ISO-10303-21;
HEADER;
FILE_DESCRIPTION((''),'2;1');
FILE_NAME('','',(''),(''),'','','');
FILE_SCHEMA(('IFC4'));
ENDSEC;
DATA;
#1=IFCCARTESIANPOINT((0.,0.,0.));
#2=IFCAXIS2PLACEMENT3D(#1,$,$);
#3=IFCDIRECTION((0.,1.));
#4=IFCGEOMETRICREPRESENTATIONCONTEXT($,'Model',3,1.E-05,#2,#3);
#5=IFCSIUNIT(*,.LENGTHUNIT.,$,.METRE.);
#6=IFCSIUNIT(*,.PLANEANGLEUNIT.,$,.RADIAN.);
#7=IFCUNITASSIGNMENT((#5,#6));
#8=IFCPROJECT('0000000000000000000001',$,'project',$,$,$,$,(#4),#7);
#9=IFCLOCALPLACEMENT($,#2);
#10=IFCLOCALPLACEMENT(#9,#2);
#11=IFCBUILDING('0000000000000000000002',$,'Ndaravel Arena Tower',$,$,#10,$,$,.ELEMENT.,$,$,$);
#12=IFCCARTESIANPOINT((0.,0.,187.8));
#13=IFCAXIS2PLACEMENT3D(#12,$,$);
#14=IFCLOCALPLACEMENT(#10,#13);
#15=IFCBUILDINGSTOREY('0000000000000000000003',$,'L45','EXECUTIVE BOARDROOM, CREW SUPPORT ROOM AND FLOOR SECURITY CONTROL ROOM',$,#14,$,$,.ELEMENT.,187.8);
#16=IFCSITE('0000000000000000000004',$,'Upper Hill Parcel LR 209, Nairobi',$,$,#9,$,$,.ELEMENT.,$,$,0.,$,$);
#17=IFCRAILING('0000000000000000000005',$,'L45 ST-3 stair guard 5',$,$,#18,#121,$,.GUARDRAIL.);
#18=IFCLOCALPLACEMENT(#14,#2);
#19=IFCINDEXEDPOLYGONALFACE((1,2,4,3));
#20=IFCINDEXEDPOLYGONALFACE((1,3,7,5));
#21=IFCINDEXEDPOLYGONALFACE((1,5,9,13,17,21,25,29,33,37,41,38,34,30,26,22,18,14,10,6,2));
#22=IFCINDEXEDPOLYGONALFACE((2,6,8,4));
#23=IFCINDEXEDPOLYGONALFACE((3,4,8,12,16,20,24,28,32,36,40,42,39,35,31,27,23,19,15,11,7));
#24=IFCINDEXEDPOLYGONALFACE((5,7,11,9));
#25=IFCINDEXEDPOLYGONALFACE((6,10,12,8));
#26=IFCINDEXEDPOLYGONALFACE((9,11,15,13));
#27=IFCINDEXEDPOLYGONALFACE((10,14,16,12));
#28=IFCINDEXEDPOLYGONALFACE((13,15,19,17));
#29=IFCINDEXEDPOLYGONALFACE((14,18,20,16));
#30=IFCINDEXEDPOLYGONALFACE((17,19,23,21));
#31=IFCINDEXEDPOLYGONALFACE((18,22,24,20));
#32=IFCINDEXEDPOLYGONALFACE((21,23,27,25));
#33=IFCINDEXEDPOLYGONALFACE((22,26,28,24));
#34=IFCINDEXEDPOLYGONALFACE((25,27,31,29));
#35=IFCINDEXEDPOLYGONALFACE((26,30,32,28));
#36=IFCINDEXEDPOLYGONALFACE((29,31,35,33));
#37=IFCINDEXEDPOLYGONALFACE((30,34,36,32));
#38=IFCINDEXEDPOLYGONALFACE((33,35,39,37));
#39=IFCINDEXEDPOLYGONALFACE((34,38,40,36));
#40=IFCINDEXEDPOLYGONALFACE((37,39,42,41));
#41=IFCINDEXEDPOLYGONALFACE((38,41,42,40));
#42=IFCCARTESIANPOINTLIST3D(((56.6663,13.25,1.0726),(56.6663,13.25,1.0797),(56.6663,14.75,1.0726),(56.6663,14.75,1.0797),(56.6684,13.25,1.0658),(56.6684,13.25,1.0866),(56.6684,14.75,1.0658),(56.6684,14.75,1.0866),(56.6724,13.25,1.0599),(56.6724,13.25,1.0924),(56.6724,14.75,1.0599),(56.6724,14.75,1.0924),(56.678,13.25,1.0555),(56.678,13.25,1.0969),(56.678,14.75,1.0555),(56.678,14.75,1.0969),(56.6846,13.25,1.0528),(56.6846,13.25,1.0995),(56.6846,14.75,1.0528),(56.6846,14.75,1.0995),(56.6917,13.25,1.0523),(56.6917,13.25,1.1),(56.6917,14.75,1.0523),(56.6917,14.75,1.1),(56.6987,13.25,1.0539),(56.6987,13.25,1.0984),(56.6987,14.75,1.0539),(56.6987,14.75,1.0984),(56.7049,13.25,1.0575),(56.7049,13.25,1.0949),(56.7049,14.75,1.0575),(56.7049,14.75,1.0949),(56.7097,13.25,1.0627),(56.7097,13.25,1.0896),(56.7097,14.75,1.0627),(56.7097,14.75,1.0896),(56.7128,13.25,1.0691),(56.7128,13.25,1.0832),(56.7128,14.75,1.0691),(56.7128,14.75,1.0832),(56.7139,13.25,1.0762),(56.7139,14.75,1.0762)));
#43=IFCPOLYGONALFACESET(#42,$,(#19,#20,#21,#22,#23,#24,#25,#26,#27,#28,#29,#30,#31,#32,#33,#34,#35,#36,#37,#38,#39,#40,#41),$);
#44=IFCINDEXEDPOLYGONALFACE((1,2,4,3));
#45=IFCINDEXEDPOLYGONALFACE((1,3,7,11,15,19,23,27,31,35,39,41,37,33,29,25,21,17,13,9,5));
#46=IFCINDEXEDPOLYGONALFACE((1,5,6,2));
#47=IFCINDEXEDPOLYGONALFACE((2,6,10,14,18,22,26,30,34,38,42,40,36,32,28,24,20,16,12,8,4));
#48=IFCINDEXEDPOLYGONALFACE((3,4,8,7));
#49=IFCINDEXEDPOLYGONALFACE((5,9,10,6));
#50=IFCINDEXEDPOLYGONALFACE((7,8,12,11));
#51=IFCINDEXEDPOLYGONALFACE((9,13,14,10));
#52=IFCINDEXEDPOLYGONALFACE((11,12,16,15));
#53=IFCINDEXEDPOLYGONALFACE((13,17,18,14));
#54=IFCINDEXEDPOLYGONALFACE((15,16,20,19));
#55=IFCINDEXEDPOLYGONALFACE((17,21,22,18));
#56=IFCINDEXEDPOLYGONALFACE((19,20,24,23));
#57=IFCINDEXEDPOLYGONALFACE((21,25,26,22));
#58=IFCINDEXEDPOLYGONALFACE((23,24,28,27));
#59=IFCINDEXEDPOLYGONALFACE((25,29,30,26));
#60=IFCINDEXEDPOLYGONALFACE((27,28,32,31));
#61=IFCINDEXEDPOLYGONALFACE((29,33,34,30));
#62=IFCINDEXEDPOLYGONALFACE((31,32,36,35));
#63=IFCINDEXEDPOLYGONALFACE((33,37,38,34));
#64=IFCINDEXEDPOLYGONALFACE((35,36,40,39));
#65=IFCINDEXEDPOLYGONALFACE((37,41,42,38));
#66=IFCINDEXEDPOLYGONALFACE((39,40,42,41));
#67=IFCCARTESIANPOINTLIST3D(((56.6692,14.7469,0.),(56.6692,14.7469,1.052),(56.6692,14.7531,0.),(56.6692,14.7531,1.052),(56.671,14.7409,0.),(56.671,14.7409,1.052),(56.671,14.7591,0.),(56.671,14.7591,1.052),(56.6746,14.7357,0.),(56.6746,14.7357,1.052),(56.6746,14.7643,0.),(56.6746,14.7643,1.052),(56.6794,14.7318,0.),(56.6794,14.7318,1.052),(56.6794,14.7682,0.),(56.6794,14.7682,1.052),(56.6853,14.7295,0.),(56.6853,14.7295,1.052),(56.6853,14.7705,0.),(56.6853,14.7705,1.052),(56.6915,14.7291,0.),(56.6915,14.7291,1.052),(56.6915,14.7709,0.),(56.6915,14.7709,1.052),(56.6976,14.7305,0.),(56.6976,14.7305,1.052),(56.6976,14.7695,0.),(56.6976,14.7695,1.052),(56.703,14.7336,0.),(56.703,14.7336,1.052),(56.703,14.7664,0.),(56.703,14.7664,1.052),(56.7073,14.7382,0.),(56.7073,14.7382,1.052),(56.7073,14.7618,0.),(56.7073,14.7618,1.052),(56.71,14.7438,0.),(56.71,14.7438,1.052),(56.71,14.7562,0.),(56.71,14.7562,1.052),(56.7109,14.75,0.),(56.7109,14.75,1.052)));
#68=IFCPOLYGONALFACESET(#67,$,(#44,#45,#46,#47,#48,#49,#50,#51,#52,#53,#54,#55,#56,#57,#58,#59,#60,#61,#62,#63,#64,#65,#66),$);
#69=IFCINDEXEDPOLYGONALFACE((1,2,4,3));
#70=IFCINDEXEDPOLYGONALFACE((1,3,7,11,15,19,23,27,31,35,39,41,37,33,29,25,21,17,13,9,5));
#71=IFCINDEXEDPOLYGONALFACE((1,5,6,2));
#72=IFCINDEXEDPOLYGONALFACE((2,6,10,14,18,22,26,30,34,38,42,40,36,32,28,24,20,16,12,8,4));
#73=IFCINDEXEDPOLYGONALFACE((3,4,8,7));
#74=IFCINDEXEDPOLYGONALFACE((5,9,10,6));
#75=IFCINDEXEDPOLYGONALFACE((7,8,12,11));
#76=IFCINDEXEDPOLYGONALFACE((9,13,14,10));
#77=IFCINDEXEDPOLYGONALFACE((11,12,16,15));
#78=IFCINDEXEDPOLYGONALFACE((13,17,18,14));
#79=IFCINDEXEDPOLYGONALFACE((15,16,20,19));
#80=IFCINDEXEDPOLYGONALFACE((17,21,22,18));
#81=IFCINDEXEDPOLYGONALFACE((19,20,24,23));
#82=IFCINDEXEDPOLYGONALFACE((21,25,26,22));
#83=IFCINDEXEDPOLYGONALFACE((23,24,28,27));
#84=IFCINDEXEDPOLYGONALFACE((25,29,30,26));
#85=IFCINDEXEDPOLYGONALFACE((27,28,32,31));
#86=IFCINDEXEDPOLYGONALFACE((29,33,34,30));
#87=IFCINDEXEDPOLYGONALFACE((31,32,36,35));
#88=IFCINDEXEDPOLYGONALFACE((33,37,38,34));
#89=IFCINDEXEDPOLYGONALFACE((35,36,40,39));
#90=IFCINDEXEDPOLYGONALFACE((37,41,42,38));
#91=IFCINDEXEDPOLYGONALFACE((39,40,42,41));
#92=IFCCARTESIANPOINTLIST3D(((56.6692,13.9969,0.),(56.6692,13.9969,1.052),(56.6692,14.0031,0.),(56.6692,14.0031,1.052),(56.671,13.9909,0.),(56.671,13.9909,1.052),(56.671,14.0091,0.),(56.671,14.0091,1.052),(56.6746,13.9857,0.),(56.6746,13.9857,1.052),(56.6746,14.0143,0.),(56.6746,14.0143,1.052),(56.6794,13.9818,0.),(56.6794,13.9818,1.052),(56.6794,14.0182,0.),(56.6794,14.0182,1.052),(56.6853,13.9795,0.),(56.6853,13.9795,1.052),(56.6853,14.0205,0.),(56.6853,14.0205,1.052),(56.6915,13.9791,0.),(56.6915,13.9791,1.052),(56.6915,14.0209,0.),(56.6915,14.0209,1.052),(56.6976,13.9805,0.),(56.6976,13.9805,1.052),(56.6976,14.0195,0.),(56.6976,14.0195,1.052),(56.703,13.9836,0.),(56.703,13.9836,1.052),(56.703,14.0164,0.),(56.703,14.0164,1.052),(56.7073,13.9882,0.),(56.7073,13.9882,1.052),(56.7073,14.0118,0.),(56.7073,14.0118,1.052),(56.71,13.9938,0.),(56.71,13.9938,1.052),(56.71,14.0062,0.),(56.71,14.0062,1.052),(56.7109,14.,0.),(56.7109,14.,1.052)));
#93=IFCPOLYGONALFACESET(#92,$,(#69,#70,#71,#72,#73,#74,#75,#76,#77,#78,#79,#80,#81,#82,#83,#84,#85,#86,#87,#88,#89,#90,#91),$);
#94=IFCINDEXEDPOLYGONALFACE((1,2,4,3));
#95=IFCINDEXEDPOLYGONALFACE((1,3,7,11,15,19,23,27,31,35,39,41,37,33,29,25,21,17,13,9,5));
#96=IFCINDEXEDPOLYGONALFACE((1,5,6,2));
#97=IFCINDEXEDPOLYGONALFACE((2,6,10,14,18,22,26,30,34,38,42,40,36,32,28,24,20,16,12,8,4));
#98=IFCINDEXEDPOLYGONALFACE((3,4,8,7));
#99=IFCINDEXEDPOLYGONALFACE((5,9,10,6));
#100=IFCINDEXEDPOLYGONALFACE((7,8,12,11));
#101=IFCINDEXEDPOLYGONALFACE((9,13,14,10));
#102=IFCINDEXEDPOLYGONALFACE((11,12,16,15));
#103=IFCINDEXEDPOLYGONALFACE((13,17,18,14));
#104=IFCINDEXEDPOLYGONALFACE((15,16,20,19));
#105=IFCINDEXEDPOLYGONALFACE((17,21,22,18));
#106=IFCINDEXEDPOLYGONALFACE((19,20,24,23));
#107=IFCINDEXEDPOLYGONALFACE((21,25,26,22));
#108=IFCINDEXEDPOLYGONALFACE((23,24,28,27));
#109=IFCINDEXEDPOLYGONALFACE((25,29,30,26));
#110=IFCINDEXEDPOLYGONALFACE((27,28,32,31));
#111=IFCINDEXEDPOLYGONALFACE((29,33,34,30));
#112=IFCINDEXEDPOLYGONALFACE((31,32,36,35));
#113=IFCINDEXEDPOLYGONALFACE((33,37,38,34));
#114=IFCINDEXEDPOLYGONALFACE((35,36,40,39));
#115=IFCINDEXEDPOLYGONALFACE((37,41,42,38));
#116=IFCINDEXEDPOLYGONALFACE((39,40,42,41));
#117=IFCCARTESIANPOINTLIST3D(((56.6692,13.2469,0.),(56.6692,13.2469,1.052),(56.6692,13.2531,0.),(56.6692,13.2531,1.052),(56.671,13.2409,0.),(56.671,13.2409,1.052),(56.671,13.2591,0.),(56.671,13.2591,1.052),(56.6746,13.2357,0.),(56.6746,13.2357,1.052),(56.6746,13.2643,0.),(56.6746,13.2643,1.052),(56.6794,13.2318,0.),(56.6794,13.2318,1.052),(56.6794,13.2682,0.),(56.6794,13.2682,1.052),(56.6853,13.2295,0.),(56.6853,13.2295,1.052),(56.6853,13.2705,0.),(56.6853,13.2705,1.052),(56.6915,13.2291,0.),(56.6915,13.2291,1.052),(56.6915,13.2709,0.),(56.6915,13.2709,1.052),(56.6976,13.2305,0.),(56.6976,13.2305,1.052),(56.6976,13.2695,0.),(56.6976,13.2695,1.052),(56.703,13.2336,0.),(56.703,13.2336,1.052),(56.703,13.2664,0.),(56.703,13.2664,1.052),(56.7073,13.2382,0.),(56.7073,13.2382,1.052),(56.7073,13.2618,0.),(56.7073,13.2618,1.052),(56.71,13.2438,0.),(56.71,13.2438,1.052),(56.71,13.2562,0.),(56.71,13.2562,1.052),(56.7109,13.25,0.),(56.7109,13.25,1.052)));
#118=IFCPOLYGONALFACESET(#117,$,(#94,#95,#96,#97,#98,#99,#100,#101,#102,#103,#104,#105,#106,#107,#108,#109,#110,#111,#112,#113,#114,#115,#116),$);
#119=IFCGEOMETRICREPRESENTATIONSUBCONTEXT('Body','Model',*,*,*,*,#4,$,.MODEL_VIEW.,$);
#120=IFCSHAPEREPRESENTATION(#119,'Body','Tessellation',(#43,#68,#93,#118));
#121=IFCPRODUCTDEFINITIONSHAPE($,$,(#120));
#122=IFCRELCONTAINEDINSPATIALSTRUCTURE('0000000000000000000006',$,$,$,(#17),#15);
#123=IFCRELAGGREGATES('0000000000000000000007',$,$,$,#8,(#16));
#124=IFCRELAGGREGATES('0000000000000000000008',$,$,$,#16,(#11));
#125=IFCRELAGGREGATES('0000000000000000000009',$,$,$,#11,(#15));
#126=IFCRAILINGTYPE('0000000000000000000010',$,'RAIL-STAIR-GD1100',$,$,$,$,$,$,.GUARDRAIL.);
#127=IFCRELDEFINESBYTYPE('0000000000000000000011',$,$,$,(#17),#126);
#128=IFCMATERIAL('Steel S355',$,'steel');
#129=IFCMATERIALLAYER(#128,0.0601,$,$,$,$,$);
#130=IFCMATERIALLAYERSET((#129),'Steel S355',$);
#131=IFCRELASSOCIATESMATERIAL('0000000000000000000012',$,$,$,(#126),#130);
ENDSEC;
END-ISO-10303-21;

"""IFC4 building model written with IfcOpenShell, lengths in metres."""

from ifc_helpers import new_model, si_unit, direction, frame, origin, origin_2d, place, context, subcontext, project, spatial, circle, extrude, material, layer, layer_set, type_object, element, save


model = new_model("IFC4")

# Units and contexts
model_context = context("Model", 3, precision=1e-05, world=origin(), true_north=direction((0.0, 1.0)))
body_context = subcontext(model_context, "Body", "Model", "MODEL_VIEW")
ifc_project = project(units=[si_unit("LENGTHUNIT", "METRE"), si_unit("PLANEANGLEUNIT", "RADIAN")], contexts=[model_context])

# Site, building, storey
site_placement = place(None, origin())
site = spatial("IfcSite", under=ifc_project, at=site_placement, Name="Upper Hill Parcel LR 209, Nairobi", CompositionType="ELEMENT", RefElevation=0.0)
building_placement = place(site_placement, origin())
building = spatial("IfcBuilding", under=site, at=building_placement, Name="Ndaravel Arena Tower", CompositionType="ELEMENT")
storey_placement = place(building_placement, frame((0.0, 0.0, 187.8)))
storey = spatial("IfcBuildingStorey", under=building, at=storey_placement, Name="L45", Description="EXECUTIVE BOARDROOM, CREW SUPPORT ROOM AND FLOOR SECURITY CONTROL ROOM", CompositionType="ELEMENT", Elevation=187.8)

# Railing
ifc_material_1 = material(Name="Steel S355", Category="steel")
ifc_layer_1 = layer(ifc_material_1, 0.0601)
ifc_layer_set_1 = layer_set([ifc_layer_1], Name="Steel S355")
railing_type = type_object("IfcRailingType", Name="RAIL-STAIR-GD1100", PredefinedType="GUARDRAIL", material=ifc_layer_set_1)
railing_placement = place(storey_placement, frame((56.6899, 14.75, 0.0)))
element("IfcRailing", 1, at=railing_placement, inside=storey, type_object=railing_type, Name="L45 ST-3 stair guard 5", PredefinedType="GUARDRAIL", context=body_context, shape_type="SweptSolid", body=[
    extrude(circle(Radius=0.0239, at=origin_2d()), frame((0.0, 0.0, 1.0762), z_axis=(0.0, -1.0, 0.0), x_axis=(1.0, 0.0, 0.0)), (0.0, 0.0, 1.0), 1.5),
    extrude(circle(Radius=0.021, at=origin_2d()), origin(), (0.0, 0.0, 1.0), 1.052),
    extrude(circle(Radius=0.021, at=origin_2d()), frame((0.0, -0.75, 0.0)), (0.0, 0.0, 1.0), 1.052),
    extrude(circle(Radius=0.021, at=origin_2d()), frame((0.0, -1.5, 0.0)), (0.0, 0.0, 1.0), 1.052),
])

save(model, "model.ifc")
